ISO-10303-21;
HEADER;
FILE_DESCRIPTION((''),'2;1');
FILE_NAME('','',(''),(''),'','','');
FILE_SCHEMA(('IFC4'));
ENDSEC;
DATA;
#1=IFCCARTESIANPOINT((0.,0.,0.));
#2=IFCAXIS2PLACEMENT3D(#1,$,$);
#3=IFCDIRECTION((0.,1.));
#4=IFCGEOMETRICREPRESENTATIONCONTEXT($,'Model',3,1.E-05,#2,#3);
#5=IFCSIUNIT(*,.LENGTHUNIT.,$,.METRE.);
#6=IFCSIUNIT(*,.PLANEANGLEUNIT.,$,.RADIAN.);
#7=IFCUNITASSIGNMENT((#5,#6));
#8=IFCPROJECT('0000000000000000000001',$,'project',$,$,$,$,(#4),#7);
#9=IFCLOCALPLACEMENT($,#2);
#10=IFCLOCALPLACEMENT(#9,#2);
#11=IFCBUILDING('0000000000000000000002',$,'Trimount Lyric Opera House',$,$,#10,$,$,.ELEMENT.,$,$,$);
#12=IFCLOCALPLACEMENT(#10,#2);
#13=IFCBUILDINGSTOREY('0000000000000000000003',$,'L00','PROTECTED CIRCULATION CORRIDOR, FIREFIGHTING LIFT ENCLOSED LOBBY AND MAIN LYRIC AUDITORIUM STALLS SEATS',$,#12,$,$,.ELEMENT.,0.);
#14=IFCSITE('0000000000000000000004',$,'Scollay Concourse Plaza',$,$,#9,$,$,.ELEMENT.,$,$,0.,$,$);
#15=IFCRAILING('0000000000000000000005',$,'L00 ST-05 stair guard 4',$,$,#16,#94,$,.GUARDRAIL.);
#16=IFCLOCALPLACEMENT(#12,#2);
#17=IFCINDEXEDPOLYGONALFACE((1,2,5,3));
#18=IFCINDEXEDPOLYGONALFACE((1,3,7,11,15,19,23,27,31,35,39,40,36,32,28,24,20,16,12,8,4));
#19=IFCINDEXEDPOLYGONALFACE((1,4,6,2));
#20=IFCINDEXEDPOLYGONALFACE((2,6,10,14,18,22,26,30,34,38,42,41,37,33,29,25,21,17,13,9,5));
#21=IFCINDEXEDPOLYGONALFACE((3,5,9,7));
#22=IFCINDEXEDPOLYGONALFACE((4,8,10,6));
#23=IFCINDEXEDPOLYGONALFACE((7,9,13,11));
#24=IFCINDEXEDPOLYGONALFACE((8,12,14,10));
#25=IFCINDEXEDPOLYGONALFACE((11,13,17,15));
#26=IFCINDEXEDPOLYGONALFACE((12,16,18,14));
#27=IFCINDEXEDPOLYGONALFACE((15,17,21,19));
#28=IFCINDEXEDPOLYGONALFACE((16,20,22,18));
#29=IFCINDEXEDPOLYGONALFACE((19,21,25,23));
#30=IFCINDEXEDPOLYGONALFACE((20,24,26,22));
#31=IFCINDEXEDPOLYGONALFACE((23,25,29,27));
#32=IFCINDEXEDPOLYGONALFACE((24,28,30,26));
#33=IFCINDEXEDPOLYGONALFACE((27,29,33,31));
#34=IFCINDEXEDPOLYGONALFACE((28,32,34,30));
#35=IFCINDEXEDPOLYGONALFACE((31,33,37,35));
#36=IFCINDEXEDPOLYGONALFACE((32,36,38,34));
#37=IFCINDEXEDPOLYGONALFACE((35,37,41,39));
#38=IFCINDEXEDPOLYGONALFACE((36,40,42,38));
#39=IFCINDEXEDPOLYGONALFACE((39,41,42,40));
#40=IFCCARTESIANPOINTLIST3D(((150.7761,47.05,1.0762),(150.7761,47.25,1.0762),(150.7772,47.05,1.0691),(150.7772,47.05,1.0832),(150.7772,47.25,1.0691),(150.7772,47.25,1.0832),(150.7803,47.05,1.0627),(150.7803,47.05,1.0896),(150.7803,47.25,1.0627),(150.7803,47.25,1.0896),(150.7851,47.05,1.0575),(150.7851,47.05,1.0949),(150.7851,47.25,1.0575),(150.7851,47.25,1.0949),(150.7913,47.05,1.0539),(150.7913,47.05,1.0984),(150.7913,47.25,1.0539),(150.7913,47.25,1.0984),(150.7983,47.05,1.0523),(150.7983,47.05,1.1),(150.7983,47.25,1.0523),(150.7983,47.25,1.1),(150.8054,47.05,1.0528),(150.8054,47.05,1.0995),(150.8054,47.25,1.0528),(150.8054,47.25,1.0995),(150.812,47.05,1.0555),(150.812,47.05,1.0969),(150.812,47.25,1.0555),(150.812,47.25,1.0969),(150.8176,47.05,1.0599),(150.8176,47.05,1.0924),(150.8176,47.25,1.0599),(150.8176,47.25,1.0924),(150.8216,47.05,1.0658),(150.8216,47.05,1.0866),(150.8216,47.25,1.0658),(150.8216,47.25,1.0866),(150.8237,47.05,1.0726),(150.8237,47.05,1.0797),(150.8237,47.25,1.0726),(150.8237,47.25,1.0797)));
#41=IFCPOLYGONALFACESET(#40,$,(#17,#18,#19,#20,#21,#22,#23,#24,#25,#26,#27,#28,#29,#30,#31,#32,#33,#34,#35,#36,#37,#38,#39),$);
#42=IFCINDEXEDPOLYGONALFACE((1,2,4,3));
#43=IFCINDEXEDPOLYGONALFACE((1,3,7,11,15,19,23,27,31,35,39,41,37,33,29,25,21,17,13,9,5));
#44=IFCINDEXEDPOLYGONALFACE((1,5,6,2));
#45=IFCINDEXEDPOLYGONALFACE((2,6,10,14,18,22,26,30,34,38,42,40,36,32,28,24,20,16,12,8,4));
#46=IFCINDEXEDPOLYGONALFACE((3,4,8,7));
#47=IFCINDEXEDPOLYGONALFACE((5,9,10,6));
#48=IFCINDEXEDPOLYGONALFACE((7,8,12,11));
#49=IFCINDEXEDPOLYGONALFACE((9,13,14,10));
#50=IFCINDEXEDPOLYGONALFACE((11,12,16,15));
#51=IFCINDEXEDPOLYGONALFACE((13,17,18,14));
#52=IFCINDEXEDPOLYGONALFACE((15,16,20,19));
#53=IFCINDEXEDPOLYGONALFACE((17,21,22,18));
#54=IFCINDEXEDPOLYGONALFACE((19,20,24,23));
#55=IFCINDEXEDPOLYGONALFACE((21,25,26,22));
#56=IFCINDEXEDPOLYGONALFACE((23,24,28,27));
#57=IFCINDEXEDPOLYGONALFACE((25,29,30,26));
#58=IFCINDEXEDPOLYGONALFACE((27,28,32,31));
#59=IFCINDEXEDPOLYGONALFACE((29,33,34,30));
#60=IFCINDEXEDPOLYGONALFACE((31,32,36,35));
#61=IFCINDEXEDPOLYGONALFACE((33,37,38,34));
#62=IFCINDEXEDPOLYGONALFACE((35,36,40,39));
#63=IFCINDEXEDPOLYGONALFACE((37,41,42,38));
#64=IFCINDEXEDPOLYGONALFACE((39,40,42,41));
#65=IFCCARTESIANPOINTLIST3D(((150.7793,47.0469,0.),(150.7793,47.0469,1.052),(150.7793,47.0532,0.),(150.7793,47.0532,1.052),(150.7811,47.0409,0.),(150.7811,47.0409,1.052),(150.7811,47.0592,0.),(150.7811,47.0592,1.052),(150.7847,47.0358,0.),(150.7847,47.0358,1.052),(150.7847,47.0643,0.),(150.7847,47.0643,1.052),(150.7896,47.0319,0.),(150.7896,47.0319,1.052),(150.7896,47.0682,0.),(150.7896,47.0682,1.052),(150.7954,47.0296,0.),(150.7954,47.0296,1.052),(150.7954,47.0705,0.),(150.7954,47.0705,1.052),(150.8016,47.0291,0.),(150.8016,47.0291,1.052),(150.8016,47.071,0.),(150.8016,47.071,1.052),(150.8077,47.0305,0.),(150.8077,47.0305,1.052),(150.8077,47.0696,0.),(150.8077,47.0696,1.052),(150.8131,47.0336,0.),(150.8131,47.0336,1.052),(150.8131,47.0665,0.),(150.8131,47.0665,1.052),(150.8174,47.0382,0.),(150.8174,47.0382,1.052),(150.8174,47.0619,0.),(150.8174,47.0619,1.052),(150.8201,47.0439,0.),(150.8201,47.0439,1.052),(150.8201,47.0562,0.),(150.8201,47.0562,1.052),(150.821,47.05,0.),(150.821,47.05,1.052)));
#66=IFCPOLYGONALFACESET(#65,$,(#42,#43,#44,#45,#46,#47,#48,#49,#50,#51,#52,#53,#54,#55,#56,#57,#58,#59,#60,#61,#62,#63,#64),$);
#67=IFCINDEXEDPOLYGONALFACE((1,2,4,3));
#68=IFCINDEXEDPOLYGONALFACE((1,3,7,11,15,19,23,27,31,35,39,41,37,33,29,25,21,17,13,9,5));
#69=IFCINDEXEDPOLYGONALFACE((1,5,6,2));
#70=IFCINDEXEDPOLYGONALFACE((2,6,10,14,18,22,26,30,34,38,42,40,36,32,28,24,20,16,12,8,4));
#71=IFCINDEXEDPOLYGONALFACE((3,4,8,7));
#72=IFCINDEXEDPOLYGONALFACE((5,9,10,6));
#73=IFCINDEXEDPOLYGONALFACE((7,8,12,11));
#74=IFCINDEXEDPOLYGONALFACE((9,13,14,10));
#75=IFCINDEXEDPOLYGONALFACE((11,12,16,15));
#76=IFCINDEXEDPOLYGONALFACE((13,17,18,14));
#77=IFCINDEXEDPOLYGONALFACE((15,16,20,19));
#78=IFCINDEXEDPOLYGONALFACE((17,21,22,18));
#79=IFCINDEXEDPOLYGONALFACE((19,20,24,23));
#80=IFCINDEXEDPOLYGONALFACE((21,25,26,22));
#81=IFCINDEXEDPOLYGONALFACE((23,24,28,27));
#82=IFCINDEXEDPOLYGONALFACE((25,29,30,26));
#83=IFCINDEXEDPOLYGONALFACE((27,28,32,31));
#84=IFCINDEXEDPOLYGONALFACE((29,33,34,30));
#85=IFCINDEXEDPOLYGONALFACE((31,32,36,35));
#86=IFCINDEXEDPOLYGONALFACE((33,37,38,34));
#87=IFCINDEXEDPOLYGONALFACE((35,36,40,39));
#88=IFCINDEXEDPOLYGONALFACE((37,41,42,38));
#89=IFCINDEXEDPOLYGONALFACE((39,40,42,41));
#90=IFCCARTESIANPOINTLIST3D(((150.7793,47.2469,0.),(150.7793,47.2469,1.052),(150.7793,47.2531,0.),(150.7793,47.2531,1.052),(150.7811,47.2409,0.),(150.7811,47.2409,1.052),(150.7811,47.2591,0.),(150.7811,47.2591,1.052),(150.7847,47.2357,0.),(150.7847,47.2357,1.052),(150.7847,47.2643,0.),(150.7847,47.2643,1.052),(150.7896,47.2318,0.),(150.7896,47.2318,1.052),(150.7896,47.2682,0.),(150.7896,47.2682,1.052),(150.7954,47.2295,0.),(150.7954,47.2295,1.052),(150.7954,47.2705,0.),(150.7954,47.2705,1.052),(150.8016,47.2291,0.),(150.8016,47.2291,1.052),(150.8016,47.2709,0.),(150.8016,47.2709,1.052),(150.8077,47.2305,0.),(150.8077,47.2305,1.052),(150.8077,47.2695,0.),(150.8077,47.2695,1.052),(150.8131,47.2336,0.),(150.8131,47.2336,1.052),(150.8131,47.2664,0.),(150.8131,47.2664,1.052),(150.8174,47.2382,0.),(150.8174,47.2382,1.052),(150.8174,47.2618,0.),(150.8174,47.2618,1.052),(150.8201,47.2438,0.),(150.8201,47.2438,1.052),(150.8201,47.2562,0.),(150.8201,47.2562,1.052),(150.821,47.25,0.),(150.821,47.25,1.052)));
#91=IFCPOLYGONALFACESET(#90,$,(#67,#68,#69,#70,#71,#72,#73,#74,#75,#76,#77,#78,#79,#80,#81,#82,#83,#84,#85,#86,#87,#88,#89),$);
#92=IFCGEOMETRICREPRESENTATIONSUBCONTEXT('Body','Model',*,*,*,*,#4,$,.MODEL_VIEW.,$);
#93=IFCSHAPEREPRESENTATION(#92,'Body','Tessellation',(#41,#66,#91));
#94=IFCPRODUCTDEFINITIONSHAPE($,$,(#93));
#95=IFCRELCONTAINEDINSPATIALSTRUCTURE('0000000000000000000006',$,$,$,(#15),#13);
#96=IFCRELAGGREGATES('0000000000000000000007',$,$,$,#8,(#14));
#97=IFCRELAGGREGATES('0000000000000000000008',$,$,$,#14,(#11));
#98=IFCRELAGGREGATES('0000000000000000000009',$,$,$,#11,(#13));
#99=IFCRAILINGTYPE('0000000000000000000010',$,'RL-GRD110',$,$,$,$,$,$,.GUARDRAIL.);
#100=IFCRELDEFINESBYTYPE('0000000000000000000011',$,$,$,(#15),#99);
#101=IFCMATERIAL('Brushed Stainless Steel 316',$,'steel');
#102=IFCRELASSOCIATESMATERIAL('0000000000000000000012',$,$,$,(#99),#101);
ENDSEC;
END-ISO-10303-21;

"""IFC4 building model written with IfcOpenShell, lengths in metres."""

from ifc_helpers import new_model, si_unit, direction, frame, origin, origin_2d, place, context, subcontext, project, spatial, circle, extrude, material, type_object, element, save


model = new_model("IFC4")

# Units and contexts
model_context = context("Model", 3, precision=1e-05, world=origin(), true_north=direction((0.0, 1.0)))
body_context = subcontext(model_context, "Body", "Model", "MODEL_VIEW")
ifc_project = project(units=[si_unit("LENGTHUNIT", "METRE"), si_unit("PLANEANGLEUNIT", "RADIAN")], contexts=[model_context])

# Site, building, storey
site_placement = place(None, origin())
site = spatial("IfcSite", under=ifc_project, at=site_placement, Name="Scollay Concourse Plaza", CompositionType="ELEMENT", RefElevation=0.0)
building_placement = place(site_placement, origin())
building = spatial("IfcBuilding", under=site, at=building_placement, Name="Trimount Lyric Opera House", CompositionType="ELEMENT")
storey_placement = place(building_placement, origin())
storey = spatial("IfcBuildingStorey", under=building, at=storey_placement, Name="L00", Description="PROTECTED CIRCULATION CORRIDOR, FIREFIGHTING LIFT ENCLOSED LOBBY AND MAIN LYRIC AUDITORIUM STALLS SEATS", CompositionType="ELEMENT", Elevation=0.0)

# Railing
ifc_material_1 = material(Name="Brushed Stainless Steel 316", Category="steel")
railing_type_1 = type_object("IfcRailingType", Name="RL-GRD110", PredefinedType="GUARDRAIL", material=ifc_material_1)
railing_1_placement = place(storey_placement, frame((150.8, 47.05, 0.0)))
element("IfcRailing", 1, at=railing_1_placement, inside=storey, type_object=railing_type_1, Name="L00 ST-05 stair guard 4", PredefinedType="GUARDRAIL", context=body_context, shape_type="SweptSolid", body=[
    extrude(circle(Radius=0.0239, at=origin_2d()), frame((0.0, 0.0, 1.0762), z_axis=(0.0, 1.0, 0.0), x_axis=(-1.0, 0.0, 0.0)), (0.0, 0.0, 1.0), 0.2),
    extrude(circle(Radius=0.021, at=origin_2d()), origin(), (0.0, 0.0, 1.0), 1.052),
    extrude(circle(Radius=0.021, at=origin_2d()), frame((0.0, 0.2, 0.0)), (0.0, 0.0, 1.0), 1.052),
])

save(model, "model.ifc")
